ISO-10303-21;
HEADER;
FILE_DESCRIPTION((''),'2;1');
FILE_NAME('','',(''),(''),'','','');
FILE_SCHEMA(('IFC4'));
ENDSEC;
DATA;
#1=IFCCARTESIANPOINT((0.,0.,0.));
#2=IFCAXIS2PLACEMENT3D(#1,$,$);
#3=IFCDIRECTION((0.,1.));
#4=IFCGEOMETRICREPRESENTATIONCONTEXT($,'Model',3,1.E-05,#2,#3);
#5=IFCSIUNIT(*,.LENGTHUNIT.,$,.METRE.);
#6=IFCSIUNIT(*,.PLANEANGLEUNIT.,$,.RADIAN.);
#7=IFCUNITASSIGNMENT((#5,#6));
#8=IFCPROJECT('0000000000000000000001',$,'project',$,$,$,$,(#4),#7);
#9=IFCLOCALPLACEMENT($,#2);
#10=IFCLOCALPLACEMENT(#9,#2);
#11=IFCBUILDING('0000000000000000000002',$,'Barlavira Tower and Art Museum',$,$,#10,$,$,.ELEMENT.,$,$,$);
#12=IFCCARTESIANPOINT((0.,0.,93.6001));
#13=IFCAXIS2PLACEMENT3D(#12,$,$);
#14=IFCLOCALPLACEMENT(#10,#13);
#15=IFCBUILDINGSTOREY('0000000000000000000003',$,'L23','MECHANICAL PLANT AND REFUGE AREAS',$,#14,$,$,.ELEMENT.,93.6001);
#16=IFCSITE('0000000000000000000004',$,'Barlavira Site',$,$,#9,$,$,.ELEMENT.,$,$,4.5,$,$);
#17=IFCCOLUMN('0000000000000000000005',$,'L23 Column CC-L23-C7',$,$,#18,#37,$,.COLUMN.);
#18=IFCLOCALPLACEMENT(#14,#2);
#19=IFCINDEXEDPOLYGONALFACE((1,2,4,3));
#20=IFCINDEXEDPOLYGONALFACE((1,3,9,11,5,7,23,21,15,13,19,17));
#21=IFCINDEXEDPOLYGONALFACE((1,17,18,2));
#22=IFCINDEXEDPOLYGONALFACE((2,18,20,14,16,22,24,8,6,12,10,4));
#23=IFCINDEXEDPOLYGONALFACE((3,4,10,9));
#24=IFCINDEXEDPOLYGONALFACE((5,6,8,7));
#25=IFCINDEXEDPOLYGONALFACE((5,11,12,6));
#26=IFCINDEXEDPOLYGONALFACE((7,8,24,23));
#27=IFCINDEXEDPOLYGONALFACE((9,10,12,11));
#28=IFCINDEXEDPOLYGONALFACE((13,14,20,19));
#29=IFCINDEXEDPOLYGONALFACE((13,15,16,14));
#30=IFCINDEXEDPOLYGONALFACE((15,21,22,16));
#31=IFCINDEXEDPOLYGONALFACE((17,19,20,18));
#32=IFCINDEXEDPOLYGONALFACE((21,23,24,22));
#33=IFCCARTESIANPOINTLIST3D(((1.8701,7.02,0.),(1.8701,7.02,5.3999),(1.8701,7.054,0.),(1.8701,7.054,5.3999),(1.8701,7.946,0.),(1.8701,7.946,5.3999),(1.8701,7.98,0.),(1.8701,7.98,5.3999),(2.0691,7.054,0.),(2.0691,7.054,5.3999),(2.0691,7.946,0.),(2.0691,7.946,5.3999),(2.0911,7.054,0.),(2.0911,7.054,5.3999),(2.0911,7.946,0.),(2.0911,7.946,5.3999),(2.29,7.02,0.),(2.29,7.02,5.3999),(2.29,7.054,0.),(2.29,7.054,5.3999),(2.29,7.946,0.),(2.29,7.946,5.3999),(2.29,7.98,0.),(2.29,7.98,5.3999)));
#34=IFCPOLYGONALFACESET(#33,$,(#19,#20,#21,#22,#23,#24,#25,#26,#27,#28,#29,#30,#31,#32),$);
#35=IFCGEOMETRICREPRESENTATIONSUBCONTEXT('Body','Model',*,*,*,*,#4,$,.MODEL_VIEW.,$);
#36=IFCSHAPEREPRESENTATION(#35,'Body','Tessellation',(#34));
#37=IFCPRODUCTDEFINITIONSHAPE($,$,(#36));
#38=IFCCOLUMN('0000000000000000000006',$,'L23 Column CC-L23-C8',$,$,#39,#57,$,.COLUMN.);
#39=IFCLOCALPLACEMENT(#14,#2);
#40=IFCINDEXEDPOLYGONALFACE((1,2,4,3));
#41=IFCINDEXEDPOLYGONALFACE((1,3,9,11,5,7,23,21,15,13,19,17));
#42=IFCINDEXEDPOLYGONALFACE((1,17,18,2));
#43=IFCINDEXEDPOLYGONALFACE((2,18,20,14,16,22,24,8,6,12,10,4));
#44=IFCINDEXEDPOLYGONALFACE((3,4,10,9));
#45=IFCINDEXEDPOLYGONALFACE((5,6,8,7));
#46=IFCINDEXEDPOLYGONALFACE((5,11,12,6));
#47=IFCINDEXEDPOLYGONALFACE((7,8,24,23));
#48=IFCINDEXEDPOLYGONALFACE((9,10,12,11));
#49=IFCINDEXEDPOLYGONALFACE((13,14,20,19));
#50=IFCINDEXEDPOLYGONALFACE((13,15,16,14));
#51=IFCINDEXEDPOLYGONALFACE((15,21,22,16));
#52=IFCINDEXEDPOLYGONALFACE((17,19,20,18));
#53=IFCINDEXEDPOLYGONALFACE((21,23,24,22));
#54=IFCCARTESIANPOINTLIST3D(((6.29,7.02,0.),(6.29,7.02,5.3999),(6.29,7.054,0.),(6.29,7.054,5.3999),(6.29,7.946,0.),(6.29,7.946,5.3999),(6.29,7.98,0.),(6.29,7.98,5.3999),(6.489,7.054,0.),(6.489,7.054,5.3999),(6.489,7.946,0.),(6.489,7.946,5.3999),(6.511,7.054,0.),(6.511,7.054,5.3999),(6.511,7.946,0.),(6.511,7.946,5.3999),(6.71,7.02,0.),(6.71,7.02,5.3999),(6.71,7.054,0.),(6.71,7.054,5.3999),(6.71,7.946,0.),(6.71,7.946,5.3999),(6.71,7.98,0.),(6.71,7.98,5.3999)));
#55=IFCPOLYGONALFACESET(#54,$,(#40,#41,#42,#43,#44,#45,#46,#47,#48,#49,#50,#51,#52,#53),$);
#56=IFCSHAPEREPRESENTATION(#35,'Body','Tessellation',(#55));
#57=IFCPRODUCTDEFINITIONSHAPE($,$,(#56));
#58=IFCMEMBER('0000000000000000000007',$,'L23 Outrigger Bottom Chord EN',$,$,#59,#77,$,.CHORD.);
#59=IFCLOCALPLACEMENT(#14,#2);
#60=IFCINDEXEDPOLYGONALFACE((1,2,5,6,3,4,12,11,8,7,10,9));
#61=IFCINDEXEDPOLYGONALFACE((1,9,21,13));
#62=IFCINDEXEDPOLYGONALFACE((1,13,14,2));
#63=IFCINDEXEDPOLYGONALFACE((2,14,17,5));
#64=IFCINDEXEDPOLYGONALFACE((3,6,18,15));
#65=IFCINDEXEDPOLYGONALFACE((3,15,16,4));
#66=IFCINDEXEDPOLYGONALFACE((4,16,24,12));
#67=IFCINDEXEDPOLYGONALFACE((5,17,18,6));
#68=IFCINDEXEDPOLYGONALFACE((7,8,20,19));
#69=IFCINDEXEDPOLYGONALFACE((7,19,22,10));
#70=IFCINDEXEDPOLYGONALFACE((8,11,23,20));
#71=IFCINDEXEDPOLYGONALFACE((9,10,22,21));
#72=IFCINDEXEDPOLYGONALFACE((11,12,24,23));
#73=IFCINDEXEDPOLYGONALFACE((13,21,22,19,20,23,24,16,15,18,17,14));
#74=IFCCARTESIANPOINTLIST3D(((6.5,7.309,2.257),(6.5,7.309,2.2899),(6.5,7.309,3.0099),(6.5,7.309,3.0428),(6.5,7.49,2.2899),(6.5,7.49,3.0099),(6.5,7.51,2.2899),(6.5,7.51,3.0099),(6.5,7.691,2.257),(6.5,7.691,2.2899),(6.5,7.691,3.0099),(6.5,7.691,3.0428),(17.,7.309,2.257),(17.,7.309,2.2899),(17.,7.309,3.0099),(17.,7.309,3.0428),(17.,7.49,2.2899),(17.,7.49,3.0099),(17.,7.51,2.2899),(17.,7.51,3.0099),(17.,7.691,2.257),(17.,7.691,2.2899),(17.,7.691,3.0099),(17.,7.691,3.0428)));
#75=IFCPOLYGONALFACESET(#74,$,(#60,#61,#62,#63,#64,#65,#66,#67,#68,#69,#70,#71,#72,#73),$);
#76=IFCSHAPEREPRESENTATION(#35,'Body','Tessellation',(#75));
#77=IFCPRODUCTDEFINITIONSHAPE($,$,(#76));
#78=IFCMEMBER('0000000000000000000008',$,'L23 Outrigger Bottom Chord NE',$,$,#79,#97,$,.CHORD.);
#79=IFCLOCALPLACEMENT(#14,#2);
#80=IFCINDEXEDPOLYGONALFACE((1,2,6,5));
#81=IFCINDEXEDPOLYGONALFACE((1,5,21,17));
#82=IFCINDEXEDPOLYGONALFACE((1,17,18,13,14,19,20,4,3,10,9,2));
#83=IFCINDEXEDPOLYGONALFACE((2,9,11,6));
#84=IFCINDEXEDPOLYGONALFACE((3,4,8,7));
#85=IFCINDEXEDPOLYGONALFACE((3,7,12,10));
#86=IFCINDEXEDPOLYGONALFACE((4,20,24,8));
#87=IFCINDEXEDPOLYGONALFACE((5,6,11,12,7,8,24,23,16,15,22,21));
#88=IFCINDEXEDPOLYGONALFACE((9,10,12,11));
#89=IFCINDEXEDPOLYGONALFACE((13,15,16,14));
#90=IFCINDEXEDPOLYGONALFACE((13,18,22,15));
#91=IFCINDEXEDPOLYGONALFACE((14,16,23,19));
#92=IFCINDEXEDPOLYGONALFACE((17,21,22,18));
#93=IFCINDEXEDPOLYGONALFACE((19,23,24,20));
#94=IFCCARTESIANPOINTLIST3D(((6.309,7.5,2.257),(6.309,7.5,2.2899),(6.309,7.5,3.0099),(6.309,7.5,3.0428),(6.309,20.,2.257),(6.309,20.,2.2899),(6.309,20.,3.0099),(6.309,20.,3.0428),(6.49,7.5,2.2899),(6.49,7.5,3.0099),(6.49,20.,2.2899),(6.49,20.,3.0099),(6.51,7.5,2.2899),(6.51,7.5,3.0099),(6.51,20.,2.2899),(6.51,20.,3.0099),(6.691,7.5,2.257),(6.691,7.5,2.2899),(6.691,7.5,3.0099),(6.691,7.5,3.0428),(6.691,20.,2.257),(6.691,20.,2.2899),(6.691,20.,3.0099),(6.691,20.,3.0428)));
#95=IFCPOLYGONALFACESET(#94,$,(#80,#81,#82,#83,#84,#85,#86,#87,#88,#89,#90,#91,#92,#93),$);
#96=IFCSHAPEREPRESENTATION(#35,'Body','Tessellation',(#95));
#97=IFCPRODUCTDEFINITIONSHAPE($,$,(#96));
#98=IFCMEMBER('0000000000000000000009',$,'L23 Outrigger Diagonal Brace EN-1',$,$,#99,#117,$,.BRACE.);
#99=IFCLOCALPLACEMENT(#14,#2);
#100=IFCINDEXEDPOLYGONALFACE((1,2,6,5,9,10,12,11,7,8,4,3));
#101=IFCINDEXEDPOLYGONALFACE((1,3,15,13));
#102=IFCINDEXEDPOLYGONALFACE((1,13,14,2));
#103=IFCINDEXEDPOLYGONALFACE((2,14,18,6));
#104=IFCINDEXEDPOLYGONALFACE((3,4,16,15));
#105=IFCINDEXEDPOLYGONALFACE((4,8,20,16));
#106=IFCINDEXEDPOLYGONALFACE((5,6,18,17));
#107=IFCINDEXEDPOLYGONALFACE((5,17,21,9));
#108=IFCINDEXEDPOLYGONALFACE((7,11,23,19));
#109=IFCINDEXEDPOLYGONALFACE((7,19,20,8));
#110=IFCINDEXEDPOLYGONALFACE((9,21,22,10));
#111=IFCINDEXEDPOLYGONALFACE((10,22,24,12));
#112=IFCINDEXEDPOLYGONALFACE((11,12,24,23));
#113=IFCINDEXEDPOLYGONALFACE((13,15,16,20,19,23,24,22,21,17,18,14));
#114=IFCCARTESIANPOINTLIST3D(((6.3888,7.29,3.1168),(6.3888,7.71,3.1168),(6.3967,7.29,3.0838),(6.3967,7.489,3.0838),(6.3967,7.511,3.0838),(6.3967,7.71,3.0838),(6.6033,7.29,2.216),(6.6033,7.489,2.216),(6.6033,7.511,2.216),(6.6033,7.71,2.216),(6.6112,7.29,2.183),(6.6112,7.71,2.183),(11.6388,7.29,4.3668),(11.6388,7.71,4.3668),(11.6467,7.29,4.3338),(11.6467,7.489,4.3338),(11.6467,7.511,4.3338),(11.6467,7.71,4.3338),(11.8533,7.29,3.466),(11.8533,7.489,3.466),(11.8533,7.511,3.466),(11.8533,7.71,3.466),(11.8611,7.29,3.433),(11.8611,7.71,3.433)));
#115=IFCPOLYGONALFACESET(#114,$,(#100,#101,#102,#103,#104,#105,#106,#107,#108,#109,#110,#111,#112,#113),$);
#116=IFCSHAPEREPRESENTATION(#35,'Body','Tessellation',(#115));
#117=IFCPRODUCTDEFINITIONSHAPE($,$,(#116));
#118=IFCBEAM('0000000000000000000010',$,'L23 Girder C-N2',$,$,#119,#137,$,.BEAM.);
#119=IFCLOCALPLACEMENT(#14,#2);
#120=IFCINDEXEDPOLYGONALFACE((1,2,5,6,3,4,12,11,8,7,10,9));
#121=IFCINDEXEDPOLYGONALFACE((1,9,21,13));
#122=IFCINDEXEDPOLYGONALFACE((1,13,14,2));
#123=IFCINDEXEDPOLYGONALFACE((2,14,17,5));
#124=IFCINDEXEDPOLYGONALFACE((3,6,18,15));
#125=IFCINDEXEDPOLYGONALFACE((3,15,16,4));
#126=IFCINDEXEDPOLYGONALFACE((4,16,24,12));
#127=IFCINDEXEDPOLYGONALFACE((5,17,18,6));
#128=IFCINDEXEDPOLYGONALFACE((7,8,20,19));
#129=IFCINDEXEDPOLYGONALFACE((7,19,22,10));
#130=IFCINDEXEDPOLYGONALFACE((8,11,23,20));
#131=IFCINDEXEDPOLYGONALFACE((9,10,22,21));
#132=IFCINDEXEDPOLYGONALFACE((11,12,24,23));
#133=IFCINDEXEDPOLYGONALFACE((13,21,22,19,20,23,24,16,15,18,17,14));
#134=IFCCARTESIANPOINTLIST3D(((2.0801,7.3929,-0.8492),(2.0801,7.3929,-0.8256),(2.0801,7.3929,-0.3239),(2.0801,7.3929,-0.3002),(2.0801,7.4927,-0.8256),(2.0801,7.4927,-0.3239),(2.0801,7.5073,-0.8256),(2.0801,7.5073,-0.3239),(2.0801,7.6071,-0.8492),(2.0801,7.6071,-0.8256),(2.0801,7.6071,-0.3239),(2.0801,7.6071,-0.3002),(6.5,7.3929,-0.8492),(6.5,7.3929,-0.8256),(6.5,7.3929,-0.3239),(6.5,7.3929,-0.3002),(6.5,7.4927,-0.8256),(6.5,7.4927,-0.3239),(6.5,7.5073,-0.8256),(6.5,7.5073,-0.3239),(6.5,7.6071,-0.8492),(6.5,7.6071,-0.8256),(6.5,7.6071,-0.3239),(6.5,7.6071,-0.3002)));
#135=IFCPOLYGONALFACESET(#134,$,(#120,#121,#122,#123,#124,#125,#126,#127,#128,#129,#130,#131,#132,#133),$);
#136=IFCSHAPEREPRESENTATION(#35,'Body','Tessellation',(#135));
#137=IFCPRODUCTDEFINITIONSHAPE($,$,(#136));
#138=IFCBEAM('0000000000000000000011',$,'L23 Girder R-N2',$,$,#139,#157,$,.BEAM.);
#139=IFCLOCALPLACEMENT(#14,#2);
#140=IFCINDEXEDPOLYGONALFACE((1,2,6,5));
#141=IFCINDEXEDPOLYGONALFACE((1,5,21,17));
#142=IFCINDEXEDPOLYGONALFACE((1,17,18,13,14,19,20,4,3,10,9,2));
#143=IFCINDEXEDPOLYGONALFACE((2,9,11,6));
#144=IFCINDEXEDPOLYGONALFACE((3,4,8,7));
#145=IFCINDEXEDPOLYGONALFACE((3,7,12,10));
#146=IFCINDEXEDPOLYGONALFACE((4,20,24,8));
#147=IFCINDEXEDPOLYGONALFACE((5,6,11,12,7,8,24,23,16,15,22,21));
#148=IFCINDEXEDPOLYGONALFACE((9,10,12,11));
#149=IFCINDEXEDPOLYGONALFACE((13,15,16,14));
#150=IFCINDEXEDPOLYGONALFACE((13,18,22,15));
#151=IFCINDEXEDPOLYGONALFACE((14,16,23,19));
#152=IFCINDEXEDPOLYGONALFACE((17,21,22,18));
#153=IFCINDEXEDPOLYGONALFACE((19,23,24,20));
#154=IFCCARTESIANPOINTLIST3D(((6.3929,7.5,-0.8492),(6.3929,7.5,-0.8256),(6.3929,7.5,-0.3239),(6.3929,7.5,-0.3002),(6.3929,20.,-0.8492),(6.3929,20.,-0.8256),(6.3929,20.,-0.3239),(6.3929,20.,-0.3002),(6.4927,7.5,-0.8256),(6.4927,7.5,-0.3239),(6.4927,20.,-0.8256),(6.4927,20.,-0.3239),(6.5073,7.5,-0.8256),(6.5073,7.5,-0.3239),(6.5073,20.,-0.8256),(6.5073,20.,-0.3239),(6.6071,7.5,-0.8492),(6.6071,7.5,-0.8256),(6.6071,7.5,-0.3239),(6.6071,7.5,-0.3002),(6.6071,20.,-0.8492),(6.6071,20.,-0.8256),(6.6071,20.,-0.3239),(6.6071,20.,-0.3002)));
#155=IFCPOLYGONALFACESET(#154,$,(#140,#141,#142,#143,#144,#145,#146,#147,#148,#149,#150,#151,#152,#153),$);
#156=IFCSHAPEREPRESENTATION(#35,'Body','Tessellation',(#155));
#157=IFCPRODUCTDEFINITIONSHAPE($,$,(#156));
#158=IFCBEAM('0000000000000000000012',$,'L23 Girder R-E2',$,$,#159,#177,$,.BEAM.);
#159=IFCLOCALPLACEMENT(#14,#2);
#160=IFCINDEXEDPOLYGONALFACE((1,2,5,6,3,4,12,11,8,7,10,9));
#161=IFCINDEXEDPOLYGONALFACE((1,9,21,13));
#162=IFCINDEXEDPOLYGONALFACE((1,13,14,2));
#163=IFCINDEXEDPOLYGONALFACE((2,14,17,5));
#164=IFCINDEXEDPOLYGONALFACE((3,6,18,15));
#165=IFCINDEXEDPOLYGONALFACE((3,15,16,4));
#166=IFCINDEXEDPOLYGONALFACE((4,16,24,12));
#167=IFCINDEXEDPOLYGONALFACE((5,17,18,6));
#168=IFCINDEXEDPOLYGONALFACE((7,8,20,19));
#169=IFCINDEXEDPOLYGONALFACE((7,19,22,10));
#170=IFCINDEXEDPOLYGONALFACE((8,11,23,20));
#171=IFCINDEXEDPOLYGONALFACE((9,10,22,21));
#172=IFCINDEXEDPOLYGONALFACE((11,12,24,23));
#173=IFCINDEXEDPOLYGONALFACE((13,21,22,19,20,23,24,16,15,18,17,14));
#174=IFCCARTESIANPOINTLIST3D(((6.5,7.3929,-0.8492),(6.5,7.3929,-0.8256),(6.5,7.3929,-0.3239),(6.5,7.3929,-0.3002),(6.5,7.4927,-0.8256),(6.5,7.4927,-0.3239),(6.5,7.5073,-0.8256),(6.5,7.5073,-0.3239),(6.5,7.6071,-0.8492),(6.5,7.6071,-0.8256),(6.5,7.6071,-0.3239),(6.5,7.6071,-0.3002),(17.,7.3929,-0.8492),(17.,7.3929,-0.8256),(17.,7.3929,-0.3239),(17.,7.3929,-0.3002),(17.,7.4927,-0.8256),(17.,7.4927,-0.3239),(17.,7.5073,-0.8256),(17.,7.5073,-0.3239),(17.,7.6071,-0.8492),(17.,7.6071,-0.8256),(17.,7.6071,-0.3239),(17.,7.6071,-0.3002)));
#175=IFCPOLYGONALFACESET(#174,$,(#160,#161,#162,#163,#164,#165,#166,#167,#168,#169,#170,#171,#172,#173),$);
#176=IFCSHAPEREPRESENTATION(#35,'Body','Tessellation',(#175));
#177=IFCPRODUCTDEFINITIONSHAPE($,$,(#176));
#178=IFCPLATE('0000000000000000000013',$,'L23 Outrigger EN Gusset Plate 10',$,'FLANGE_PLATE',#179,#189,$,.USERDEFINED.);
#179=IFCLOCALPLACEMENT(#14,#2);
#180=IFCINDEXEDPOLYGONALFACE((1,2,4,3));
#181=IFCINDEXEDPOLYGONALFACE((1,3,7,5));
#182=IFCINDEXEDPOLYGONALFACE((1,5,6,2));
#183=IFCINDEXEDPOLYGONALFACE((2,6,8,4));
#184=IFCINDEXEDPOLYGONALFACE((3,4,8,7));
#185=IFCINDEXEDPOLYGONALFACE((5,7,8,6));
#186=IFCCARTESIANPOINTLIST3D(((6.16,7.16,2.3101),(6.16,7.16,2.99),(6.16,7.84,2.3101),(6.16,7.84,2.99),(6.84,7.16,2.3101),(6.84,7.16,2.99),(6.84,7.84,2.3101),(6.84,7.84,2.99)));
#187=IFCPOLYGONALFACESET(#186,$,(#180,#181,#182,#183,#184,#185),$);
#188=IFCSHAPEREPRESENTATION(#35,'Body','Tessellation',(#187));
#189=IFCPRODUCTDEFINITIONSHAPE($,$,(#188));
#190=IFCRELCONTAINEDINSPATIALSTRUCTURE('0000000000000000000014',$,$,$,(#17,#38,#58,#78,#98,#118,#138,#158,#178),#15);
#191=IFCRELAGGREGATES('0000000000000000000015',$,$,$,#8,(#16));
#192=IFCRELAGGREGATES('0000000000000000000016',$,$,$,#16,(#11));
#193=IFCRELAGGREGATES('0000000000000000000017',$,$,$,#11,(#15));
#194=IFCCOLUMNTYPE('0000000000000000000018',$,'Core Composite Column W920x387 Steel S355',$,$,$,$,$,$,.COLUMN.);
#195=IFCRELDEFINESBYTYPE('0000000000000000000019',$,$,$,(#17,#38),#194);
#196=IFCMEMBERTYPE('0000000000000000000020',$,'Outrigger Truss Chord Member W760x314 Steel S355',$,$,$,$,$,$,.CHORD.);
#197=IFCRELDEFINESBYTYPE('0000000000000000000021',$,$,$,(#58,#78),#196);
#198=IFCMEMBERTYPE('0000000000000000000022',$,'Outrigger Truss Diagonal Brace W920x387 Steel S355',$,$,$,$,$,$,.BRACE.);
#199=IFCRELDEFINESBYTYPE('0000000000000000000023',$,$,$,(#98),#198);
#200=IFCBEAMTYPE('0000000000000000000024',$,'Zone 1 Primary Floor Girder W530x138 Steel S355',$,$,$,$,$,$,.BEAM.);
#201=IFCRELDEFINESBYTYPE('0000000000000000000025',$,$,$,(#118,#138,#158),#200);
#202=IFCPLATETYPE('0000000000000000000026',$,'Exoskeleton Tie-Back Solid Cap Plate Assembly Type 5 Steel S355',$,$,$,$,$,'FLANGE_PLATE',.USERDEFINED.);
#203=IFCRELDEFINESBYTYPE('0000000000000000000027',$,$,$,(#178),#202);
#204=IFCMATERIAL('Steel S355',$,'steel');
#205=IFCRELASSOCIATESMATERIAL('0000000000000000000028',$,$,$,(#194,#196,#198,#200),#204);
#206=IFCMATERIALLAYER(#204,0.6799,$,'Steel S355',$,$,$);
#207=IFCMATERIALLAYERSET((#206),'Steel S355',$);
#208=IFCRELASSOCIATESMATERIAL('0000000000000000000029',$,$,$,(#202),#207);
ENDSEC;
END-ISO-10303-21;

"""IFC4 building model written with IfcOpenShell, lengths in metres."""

from ifc_helpers import new_model, si_unit, direction, frame, origin, origin_2d, place, context, subcontext, project, spatial, rectangle, i_section, extrude, material, layer, layer_set, material_profile, profile_set, type_object, element, save


model = new_model("IFC4")

# Units and contexts
model_context = context("Model", 3, precision=1e-05, world=origin(), true_north=direction((0.0, 1.0)))
body_context = subcontext(model_context, "Body", "Model", "MODEL_VIEW")
ifc_project = project(units=[si_unit("LENGTHUNIT", "METRE"), si_unit("PLANEANGLEUNIT", "RADIAN")], contexts=[model_context])

# Site, building, storey
site_placement = place(None, origin())
site = spatial("IfcSite", under=ifc_project, at=site_placement, Name="Barlavira Site", CompositionType="ELEMENT", RefElevation=4.5)
building_placement = place(site_placement, origin())
building = spatial("IfcBuilding", under=site, at=building_placement, Name="Barlavira Tower and Art Museum", CompositionType="ELEMENT")
storey_placement = place(building_placement, frame((0.0, 0.0, 93.6001)))
storey = spatial("IfcBuildingStorey", under=building, at=storey_placement, Name="L23", Description="MECHANICAL PLANT AND REFUGE AREAS", CompositionType="ELEMENT", Elevation=93.6001)

# Columns
ifc_material_1 = material(Name="Steel S355", Category="steel")
ifc_material_profile_1 = material_profile(ifc_material_1, i_section(OverallWidth=0.4199, OverallDepth=0.96, WebThickness=0.022, FlangeThickness=0.0339, at=origin_2d()), Name="W920x387.0")
ifc_profile_set_1 = profile_set([ifc_material_profile_1], Name="Steel S355")
column_type = type_object("IfcColumnType", Name="Core Composite Column W920x387 Steel S355", PredefinedType="COLUMN", material=ifc_profile_set_1)
for number, where, z_axis, x_axis, name in (
    (1, (2.0801, 7.5, 0.0), (0.0, 0.0, 1.0), (1.0, 0.0, 0.0), "L23 Column CC-L23-C7"),
    (2, (6.5, 7.5, 0.0), (0.0, 0.0, 1.0), (1.0, 0.0, 0.0), "L23 Column CC-L23-C8"),
):
    element("IfcColumn", number, at=place(storey_placement, frame(where, z_axis=z_axis, x_axis=x_axis)), inside=storey, type_object=column_type, Name=name, PredefinedType="COLUMN", context=body_context, shape_type="SweptSolid", body=[
        extrude(i_section(OverallWidth=0.4199, OverallDepth=0.96, WebThickness=0.022, FlangeThickness=0.0339, at=origin_2d()), origin(), (0.0, 0.0, 1.0), 5.3999),
    ])

# Members
ifc_material_profile_2 = material_profile(ifc_material_1, i_section(OverallWidth=0.3821, OverallDepth=0.7859, WebThickness=0.02, FlangeThickness=0.033, at=origin_2d()), Name="W760x314.0")
ifc_profile_set_2 = profile_set([ifc_material_profile_2], Name="Steel S355")
member_type_1 = type_object("IfcMemberType", Name="Outrigger Truss Chord Member W760x314 Steel S355", PredefinedType="CHORD", material=ifc_profile_set_2)
member_1_placement = place(storey_placement, frame((6.5, 7.5, 2.6499), z_axis=(1.0, 0.0, 0.0), x_axis=(0.0, 1.0, 0.0)))
element("IfcMember", 3, at=member_1_placement, inside=storey, type_object=member_type_1, Name="L23 Outrigger Bottom Chord EN", PredefinedType="CHORD", context=body_context, shape_type="SweptSolid", body=[
    extrude(i_section(OverallWidth=0.3821, OverallDepth=0.7859, WebThickness=0.02, FlangeThickness=0.033, at=origin_2d()), origin(), (0.0, 0.0, 1.0), 10.5),
])
member_2_placement = place(storey_placement, frame((6.5, 7.5, 2.6499), z_axis=(0.0, 1.0, 0.0), x_axis=(-1.0, 0.0, 0.0)))
element("IfcMember", 4, at=member_2_placement, inside=storey, type_object=member_type_1, Name="L23 Outrigger Bottom Chord NE", PredefinedType="CHORD", context=body_context, shape_type="SweptSolid", body=[
    extrude(i_section(OverallWidth=0.3821, OverallDepth=0.7859, WebThickness=0.02, FlangeThickness=0.033, at=origin_2d()), origin(), (0.0, 0.0, 1.0), 12.5),
])
ifc_material_profile_3 = material_profile(ifc_material_1, i_section(OverallWidth=0.4199, OverallDepth=0.96, WebThickness=0.022, FlangeThickness=0.0339, at=origin_2d()), Name="W920x387.0")
ifc_profile_set_3 = profile_set([ifc_material_profile_3], Name="Steel S355")
member_type_2 = type_object("IfcMemberType", Name="Outrigger Truss Diagonal Brace W920x387 Steel S355", PredefinedType="BRACE", material=ifc_profile_set_3)
member_3_placement = place(storey_placement, frame((6.5, 7.5, 2.6499), z_axis=(0.972806, 0.0, 0.231621), x_axis=(0.0, 1.0, 0.0)))
element("IfcMember", 5, at=member_3_placement, inside=storey, type_object=member_type_2, Name="L23 Outrigger Diagonal Brace EN-1", PredefinedType="BRACE", context=body_context, shape_type="SweptSolid", body=[
    extrude(i_section(OverallWidth=0.4199, OverallDepth=0.96, WebThickness=0.022, FlangeThickness=0.0339, at=origin_2d()), origin(), (0.0, 0.0, 1.0), 5.3967),
])

# Beams
ifc_material_profile_4 = material_profile(ifc_material_1, i_section(OverallWidth=0.2141, OverallDepth=0.5491, WebThickness=0.0146, FlangeThickness=0.0237, at=origin_2d()), Name="W530x138.0")
ifc_profile_set_4 = profile_set([ifc_material_profile_4], Name="Steel S355")
beam_type = type_object("IfcBeamType", Name="Zone 1 Primary Floor Girder W530x138 Steel S355", PredefinedType="BEAM", material=ifc_profile_set_4)
beam_1_placement = place(storey_placement, frame((2.0801, 7.5, -0.5747), z_axis=(1.0, 0.0, 0.0), x_axis=(0.0, 1.0, 0.0)))
element("IfcBeam", 6, at=beam_1_placement, inside=storey, type_object=beam_type, Name="L23 Girder C-N2", PredefinedType="BEAM", context=body_context, shape_type="SweptSolid", body=[
    extrude(i_section(OverallWidth=0.2141, OverallDepth=0.5491, WebThickness=0.0146, FlangeThickness=0.0237, at=origin_2d()), origin(), (0.0, 0.0, 1.0), 4.4199),
])
beam_2_placement = place(storey_placement, frame((6.5, 7.5, -0.5747), z_axis=(0.0, 1.0, 0.0), x_axis=(-1.0, 0.0, 0.0)))
element("IfcBeam", 7, at=beam_2_placement, inside=storey, type_object=beam_type, Name="L23 Girder R-N2", PredefinedType="BEAM", context=body_context, shape_type="SweptSolid", body=[
    extrude(i_section(OverallWidth=0.2141, OverallDepth=0.5491, WebThickness=0.0146, FlangeThickness=0.0237, at=origin_2d()), origin(), (0.0, 0.0, 1.0), 12.5),
])
beam_3_placement = place(storey_placement, frame((6.5, 7.5, -0.5747), z_axis=(1.0, 0.0, 0.0), x_axis=(0.0, 1.0, 0.0)))
element("IfcBeam", 8, at=beam_3_placement, inside=storey, type_object=beam_type, Name="L23 Girder R-E2", PredefinedType="BEAM", context=body_context, shape_type="SweptSolid", body=[
    extrude(i_section(OverallWidth=0.2141, OverallDepth=0.5491, WebThickness=0.0146, FlangeThickness=0.0237, at=origin_2d()), origin(), (0.0, 0.0, 1.0), 10.5),
])

# Plate
ifc_layer_1 = layer(ifc_material_1, 0.6799, Name="Steel S355")
ifc_layer_set_1 = layer_set([ifc_layer_1], Name="Steel S355")
plate_type = type_object("IfcPlateType", Name="Exoskeleton Tie-Back Solid Cap Plate Assembly Type 5 Steel S355", ElementType="FLANGE_PLATE", PredefinedType="USERDEFINED", material=ifc_layer_set_1)
plate_placement = place(storey_placement, frame((6.5, 7.5, 2.3101), z_axis=(0.0, 0.0, 1.0), x_axis=(1.0, 0.0, 0.0)))
element("IfcPlate", 9, at=plate_placement, inside=storey, type_object=plate_type, Name="L23 Outrigger EN Gusset Plate 10", ObjectType="FLANGE_PLATE", PredefinedType="USERDEFINED", context=body_context, shape_type="SweptSolid", body=[
    extrude(rectangle(XDim=0.6799, YDim=0.6799, at=origin_2d()), origin(), (0.0, 0.0, 1.0), 0.6799),
])

save(model, "model.ifc")
